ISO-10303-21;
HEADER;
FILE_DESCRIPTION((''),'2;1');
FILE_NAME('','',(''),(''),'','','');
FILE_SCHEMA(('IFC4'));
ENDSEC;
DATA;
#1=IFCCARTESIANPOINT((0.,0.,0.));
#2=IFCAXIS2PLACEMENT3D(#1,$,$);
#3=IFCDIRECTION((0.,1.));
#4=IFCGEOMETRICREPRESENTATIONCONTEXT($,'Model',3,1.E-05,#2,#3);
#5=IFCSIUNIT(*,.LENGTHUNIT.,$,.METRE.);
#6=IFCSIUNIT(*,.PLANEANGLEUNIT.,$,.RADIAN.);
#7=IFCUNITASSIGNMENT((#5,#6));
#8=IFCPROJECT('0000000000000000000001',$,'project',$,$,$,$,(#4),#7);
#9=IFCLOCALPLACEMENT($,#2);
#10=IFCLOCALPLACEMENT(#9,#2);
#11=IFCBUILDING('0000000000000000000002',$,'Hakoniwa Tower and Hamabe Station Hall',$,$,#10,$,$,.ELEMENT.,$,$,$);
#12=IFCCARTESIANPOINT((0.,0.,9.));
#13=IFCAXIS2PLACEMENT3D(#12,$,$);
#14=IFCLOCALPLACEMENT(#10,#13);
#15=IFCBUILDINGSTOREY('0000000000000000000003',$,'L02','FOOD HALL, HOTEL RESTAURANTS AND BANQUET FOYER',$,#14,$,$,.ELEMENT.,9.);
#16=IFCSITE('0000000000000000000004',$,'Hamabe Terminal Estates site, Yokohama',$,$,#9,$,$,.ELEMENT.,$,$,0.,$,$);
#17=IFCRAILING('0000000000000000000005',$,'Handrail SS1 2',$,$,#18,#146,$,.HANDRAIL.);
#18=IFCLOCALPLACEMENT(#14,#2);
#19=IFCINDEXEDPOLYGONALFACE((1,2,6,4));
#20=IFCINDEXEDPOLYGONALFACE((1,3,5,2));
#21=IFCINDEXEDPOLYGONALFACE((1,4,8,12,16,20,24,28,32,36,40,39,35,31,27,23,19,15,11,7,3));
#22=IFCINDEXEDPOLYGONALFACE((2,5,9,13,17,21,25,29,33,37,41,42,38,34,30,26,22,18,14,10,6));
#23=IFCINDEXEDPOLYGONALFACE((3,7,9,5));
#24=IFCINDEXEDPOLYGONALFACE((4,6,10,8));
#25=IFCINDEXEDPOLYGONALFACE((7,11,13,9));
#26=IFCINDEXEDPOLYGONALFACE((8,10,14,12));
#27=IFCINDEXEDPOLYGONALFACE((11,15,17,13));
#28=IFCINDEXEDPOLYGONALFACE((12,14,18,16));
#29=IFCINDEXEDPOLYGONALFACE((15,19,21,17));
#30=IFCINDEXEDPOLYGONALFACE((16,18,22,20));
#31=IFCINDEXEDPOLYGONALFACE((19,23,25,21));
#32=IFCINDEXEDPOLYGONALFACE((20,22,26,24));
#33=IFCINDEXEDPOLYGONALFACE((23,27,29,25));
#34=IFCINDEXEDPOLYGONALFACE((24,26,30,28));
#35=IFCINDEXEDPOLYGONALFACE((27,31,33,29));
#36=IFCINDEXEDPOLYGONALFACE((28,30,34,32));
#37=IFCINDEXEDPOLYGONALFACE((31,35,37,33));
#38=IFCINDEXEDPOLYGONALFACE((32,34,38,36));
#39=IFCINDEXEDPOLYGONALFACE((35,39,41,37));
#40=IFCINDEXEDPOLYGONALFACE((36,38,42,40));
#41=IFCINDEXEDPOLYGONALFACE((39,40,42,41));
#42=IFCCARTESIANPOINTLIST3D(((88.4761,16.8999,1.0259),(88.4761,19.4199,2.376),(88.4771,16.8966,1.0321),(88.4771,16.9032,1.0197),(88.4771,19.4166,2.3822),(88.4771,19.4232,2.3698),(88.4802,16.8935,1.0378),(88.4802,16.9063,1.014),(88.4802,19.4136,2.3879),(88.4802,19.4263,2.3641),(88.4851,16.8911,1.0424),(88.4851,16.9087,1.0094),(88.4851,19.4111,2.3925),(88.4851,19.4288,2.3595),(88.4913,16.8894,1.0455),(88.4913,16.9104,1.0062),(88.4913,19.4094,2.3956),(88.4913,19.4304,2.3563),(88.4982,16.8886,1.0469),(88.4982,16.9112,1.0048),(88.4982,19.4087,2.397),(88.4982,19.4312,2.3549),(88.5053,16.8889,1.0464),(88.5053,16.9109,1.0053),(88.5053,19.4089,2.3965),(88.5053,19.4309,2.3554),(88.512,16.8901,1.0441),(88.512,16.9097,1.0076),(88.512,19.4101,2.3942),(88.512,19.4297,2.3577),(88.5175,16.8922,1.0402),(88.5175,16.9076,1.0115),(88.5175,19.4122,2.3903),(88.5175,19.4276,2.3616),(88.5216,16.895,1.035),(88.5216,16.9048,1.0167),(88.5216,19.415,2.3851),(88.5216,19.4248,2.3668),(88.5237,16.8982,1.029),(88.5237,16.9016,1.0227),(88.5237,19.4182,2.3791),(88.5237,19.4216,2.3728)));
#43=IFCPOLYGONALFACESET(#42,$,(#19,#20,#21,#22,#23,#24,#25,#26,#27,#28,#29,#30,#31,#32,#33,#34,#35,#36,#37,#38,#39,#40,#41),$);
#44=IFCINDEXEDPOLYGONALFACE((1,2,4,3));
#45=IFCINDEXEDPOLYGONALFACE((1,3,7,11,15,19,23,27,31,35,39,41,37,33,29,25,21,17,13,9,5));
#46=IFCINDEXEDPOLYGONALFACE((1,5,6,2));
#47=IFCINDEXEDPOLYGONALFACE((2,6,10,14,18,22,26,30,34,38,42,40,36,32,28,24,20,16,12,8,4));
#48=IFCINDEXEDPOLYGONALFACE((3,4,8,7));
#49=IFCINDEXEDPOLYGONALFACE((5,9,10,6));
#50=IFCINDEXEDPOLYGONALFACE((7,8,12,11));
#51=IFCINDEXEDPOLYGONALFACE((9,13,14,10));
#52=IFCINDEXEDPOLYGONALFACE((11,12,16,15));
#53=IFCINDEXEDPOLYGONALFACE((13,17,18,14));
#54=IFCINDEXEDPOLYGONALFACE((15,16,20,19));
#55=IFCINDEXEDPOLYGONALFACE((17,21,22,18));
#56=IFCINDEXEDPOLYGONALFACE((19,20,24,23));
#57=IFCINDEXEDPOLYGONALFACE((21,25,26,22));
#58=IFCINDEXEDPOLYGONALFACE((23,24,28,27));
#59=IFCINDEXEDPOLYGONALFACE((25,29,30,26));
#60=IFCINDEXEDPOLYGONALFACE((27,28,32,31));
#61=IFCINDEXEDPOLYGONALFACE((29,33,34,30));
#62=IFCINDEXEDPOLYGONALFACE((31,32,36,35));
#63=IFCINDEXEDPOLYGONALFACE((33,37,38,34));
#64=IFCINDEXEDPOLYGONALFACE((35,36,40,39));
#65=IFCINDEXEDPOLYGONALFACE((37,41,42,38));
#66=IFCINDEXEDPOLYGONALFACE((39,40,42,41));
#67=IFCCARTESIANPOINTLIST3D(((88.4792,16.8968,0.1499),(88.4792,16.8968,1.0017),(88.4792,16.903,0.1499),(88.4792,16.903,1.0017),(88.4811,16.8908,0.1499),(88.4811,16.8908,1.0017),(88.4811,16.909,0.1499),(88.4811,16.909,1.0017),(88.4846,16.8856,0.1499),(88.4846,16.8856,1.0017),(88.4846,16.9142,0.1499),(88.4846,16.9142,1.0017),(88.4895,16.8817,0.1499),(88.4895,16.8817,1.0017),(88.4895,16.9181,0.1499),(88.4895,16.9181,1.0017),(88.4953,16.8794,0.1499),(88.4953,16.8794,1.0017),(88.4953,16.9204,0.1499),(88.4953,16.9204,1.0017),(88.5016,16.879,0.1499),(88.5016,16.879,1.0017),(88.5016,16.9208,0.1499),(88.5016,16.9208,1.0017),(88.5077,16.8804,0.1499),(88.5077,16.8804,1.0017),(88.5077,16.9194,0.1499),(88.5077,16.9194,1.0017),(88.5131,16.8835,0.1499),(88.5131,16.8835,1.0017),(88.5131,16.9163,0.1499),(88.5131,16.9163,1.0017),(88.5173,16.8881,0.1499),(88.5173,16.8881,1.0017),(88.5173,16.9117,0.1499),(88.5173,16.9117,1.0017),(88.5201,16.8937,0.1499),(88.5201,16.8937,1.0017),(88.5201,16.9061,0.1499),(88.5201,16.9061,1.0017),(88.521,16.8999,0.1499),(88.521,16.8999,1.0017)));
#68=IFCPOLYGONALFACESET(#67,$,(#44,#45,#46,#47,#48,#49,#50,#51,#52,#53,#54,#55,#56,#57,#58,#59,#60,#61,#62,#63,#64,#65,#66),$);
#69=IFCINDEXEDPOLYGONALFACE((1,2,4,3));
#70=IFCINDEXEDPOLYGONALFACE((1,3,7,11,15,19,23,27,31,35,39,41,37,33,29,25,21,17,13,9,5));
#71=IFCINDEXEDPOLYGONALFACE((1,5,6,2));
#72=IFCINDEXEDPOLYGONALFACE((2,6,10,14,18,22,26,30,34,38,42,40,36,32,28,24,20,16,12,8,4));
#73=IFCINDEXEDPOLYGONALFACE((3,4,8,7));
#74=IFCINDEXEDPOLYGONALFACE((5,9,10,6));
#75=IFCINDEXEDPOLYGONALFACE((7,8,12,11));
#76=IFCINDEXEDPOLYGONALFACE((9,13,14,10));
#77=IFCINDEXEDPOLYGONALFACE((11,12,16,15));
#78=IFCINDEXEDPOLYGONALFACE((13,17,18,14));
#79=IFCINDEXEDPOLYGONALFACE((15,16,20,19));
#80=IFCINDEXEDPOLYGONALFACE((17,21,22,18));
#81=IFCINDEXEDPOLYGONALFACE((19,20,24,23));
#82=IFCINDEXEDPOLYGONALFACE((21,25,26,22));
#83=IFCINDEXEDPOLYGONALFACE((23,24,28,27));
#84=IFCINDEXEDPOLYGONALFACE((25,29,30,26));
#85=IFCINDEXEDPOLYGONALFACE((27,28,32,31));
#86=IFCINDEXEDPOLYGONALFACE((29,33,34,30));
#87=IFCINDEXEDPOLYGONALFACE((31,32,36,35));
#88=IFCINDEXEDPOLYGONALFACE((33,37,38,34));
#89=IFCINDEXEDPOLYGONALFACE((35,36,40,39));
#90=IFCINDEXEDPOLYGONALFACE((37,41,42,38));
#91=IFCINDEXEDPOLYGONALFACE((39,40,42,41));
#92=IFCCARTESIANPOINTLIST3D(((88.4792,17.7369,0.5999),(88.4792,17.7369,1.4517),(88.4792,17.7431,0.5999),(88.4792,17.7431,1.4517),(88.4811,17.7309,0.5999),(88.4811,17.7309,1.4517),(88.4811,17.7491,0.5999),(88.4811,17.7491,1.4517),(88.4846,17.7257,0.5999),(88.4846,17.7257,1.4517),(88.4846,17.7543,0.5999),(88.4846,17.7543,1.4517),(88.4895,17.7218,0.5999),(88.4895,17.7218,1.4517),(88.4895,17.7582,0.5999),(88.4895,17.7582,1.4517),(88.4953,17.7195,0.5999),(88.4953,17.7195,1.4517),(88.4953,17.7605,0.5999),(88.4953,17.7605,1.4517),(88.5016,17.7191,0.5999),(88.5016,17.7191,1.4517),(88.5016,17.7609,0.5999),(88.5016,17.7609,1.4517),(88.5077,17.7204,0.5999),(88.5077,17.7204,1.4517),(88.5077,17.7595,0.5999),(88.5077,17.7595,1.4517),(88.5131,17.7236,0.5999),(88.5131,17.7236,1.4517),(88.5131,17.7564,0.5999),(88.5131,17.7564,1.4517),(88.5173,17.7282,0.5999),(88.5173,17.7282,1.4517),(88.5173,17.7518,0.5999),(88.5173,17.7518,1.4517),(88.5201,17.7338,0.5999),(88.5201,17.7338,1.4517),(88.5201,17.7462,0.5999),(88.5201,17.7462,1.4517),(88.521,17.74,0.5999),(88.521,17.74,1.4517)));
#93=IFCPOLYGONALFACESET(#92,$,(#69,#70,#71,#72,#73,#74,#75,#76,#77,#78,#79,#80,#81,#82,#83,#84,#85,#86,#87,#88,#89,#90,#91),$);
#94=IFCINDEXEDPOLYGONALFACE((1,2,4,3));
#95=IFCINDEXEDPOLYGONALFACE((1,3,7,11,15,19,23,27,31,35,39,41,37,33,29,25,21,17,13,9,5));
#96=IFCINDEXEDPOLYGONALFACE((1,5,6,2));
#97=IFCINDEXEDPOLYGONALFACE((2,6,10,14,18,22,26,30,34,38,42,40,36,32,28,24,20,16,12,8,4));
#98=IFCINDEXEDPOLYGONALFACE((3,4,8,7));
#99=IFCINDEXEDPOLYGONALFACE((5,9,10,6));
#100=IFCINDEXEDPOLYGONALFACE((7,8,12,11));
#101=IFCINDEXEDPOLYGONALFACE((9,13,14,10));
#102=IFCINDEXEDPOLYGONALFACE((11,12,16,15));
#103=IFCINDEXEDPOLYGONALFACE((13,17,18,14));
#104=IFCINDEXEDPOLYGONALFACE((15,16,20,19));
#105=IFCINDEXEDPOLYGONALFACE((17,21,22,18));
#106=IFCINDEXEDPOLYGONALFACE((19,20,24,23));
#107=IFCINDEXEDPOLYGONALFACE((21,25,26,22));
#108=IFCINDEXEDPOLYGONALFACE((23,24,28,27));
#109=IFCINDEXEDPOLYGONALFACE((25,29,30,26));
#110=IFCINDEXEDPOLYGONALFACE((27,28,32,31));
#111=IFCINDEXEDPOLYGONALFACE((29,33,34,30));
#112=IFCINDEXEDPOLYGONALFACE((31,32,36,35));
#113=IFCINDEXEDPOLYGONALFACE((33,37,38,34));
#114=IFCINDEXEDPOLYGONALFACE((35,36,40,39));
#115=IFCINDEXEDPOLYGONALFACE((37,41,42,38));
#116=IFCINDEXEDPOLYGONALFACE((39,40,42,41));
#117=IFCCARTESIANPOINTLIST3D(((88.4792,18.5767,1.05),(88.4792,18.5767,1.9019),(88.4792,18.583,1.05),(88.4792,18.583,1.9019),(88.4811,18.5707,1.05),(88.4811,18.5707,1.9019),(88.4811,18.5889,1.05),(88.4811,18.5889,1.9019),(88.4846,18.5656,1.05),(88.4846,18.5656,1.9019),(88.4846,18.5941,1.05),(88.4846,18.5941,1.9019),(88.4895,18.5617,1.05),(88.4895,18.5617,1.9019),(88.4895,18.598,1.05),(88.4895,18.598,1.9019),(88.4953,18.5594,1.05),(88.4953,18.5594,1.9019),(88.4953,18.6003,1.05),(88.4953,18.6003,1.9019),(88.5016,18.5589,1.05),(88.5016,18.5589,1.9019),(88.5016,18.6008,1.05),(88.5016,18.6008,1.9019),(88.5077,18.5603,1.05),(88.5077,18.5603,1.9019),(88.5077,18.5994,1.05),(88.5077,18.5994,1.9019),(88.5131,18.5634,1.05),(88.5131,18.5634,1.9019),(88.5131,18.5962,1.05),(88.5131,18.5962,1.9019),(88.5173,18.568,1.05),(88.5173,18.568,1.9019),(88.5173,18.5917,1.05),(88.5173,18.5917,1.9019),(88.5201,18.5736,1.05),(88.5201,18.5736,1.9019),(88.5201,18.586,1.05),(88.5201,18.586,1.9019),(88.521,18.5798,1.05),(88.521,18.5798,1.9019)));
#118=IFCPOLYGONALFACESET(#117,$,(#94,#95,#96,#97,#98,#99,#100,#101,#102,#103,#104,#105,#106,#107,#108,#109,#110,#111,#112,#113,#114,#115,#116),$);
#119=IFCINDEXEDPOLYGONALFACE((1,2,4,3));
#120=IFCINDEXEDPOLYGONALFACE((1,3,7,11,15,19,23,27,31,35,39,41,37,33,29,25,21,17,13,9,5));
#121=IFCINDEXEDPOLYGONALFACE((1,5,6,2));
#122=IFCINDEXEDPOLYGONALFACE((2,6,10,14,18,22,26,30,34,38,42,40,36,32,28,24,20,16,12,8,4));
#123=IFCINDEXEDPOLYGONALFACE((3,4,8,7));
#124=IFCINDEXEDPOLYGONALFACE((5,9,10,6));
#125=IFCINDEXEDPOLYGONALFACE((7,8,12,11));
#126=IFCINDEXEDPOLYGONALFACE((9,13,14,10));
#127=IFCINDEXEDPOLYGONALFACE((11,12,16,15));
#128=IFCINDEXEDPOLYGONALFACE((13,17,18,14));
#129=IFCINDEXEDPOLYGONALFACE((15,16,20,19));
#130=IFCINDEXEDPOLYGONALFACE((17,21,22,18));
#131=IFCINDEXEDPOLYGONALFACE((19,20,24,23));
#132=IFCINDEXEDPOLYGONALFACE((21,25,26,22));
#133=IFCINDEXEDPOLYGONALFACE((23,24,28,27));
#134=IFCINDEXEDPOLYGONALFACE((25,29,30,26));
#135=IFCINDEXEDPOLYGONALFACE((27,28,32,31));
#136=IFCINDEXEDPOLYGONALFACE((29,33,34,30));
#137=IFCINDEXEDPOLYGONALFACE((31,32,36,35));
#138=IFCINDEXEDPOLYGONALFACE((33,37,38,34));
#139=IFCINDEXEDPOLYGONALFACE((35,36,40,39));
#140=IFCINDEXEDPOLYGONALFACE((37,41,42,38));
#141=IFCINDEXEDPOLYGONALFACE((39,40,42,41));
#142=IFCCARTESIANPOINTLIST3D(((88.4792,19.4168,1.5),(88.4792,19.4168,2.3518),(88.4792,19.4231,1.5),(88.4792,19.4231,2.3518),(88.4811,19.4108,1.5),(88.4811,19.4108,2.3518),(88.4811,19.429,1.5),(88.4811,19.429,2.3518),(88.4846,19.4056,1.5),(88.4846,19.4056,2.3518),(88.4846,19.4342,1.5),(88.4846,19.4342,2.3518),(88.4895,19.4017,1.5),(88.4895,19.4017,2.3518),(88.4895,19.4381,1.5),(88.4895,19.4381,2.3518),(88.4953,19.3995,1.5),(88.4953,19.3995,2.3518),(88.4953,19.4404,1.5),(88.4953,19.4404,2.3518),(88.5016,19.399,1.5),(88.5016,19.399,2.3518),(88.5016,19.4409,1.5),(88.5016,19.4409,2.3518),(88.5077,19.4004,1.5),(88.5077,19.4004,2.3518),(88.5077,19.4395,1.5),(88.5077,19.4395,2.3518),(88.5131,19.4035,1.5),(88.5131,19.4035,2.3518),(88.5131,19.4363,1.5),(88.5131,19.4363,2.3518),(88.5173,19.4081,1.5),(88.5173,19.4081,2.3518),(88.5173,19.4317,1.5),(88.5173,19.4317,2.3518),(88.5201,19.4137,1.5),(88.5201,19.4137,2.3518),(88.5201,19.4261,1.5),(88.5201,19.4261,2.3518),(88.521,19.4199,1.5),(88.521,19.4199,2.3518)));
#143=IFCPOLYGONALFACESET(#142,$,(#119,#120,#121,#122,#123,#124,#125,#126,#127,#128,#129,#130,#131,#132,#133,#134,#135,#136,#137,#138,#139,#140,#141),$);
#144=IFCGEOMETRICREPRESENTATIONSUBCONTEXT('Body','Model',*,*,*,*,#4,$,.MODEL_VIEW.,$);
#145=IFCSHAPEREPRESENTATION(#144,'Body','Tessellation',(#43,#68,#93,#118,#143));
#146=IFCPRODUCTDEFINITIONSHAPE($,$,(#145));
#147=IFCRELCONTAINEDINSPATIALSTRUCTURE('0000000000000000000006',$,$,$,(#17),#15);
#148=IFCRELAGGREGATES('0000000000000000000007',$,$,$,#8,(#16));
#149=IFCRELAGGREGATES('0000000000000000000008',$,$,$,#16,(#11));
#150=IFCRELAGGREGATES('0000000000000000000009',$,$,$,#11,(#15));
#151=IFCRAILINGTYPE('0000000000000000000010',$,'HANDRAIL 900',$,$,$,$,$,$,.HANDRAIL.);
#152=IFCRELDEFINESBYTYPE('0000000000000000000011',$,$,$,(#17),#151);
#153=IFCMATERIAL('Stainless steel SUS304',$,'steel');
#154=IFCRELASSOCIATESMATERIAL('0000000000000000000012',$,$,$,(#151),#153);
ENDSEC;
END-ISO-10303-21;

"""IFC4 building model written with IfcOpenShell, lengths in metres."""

from ifc_helpers import new_model, si_unit, direction, frame, origin, origin_2d, place, context, subcontext, project, spatial, circle, extrude, material, type_object, element, save


model = new_model("IFC4")

# Units and contexts
model_context = context("Model", 3, precision=1e-05, world=origin(), true_north=direction((0.0, 1.0)))
body_context = subcontext(model_context, "Body", "Model", "MODEL_VIEW")
ifc_project = project(units=[si_unit("LENGTHUNIT", "METRE"), si_unit("PLANEANGLEUNIT", "RADIAN")], contexts=[model_context])

# Site, building, storey
site_placement = place(None, origin())
site = spatial("IfcSite", under=ifc_project, at=site_placement, Name="Hamabe Terminal Estates site, Yokohama", CompositionType="ELEMENT", RefElevation=0.0)
building_placement = place(site_placement, origin())
building = spatial("IfcBuilding", under=site, at=building_placement, Name="Hakoniwa Tower and Hamabe Station Hall", CompositionType="ELEMENT")
storey_placement = place(building_placement, frame((0.0, 0.0, 9.0)))
storey = spatial("IfcBuildingStorey", under=building, at=storey_placement, Name="L02", Description="FOOD HALL, HOTEL RESTAURANTS AND BANQUET FOYER", CompositionType="ELEMENT", Elevation=9.0)

# Railing
ifc_material_1 = material(Name="Stainless steel SUS304", Category="steel")
railing_type = type_object("IfcRailingType", Name="HANDRAIL 900", PredefinedType="HANDRAIL", material=ifc_material_1)
for number, where, name in (
    (1, (88.5, 16.8999, 0.1499), "Handrail SS1 2"),
):
    element("IfcRailing", number, at=place(storey_placement, frame(where)), inside=storey, type_object=railing_type, Name=name, PredefinedType="HANDRAIL", context=body_context, shape_type="SweptSolid", body=[
        extrude(circle(Radius=0.0239, at=origin_2d()), frame((0.0, 0.0, 0.876), z_axis=(0.0, 0.881467, 0.472245), x_axis=(-1.0, 0.0, 0.0)), (0.0, 0.0, 1.0), 2.8589),
        extrude(circle(Radius=0.021, at=origin_2d()), origin(), (0.0, 0.0, 1.0), 0.8518),
        extrude(circle(Radius=0.021, at=origin_2d()), frame((0.0, 0.8401, 0.45)), (0.0, 0.0, 1.0), 0.8518),
        extrude(circle(Radius=0.021, at=origin_2d()), frame((0.0, 1.6799, 0.9001)), (0.0, 0.0, 1.0), 0.8518),
        extrude(circle(Radius=0.021, at=origin_2d()), frame((0.0, 2.52, 1.3501)), (0.0, 0.0, 1.0), 0.8518),
    ])

save(model, "model.ifc")
